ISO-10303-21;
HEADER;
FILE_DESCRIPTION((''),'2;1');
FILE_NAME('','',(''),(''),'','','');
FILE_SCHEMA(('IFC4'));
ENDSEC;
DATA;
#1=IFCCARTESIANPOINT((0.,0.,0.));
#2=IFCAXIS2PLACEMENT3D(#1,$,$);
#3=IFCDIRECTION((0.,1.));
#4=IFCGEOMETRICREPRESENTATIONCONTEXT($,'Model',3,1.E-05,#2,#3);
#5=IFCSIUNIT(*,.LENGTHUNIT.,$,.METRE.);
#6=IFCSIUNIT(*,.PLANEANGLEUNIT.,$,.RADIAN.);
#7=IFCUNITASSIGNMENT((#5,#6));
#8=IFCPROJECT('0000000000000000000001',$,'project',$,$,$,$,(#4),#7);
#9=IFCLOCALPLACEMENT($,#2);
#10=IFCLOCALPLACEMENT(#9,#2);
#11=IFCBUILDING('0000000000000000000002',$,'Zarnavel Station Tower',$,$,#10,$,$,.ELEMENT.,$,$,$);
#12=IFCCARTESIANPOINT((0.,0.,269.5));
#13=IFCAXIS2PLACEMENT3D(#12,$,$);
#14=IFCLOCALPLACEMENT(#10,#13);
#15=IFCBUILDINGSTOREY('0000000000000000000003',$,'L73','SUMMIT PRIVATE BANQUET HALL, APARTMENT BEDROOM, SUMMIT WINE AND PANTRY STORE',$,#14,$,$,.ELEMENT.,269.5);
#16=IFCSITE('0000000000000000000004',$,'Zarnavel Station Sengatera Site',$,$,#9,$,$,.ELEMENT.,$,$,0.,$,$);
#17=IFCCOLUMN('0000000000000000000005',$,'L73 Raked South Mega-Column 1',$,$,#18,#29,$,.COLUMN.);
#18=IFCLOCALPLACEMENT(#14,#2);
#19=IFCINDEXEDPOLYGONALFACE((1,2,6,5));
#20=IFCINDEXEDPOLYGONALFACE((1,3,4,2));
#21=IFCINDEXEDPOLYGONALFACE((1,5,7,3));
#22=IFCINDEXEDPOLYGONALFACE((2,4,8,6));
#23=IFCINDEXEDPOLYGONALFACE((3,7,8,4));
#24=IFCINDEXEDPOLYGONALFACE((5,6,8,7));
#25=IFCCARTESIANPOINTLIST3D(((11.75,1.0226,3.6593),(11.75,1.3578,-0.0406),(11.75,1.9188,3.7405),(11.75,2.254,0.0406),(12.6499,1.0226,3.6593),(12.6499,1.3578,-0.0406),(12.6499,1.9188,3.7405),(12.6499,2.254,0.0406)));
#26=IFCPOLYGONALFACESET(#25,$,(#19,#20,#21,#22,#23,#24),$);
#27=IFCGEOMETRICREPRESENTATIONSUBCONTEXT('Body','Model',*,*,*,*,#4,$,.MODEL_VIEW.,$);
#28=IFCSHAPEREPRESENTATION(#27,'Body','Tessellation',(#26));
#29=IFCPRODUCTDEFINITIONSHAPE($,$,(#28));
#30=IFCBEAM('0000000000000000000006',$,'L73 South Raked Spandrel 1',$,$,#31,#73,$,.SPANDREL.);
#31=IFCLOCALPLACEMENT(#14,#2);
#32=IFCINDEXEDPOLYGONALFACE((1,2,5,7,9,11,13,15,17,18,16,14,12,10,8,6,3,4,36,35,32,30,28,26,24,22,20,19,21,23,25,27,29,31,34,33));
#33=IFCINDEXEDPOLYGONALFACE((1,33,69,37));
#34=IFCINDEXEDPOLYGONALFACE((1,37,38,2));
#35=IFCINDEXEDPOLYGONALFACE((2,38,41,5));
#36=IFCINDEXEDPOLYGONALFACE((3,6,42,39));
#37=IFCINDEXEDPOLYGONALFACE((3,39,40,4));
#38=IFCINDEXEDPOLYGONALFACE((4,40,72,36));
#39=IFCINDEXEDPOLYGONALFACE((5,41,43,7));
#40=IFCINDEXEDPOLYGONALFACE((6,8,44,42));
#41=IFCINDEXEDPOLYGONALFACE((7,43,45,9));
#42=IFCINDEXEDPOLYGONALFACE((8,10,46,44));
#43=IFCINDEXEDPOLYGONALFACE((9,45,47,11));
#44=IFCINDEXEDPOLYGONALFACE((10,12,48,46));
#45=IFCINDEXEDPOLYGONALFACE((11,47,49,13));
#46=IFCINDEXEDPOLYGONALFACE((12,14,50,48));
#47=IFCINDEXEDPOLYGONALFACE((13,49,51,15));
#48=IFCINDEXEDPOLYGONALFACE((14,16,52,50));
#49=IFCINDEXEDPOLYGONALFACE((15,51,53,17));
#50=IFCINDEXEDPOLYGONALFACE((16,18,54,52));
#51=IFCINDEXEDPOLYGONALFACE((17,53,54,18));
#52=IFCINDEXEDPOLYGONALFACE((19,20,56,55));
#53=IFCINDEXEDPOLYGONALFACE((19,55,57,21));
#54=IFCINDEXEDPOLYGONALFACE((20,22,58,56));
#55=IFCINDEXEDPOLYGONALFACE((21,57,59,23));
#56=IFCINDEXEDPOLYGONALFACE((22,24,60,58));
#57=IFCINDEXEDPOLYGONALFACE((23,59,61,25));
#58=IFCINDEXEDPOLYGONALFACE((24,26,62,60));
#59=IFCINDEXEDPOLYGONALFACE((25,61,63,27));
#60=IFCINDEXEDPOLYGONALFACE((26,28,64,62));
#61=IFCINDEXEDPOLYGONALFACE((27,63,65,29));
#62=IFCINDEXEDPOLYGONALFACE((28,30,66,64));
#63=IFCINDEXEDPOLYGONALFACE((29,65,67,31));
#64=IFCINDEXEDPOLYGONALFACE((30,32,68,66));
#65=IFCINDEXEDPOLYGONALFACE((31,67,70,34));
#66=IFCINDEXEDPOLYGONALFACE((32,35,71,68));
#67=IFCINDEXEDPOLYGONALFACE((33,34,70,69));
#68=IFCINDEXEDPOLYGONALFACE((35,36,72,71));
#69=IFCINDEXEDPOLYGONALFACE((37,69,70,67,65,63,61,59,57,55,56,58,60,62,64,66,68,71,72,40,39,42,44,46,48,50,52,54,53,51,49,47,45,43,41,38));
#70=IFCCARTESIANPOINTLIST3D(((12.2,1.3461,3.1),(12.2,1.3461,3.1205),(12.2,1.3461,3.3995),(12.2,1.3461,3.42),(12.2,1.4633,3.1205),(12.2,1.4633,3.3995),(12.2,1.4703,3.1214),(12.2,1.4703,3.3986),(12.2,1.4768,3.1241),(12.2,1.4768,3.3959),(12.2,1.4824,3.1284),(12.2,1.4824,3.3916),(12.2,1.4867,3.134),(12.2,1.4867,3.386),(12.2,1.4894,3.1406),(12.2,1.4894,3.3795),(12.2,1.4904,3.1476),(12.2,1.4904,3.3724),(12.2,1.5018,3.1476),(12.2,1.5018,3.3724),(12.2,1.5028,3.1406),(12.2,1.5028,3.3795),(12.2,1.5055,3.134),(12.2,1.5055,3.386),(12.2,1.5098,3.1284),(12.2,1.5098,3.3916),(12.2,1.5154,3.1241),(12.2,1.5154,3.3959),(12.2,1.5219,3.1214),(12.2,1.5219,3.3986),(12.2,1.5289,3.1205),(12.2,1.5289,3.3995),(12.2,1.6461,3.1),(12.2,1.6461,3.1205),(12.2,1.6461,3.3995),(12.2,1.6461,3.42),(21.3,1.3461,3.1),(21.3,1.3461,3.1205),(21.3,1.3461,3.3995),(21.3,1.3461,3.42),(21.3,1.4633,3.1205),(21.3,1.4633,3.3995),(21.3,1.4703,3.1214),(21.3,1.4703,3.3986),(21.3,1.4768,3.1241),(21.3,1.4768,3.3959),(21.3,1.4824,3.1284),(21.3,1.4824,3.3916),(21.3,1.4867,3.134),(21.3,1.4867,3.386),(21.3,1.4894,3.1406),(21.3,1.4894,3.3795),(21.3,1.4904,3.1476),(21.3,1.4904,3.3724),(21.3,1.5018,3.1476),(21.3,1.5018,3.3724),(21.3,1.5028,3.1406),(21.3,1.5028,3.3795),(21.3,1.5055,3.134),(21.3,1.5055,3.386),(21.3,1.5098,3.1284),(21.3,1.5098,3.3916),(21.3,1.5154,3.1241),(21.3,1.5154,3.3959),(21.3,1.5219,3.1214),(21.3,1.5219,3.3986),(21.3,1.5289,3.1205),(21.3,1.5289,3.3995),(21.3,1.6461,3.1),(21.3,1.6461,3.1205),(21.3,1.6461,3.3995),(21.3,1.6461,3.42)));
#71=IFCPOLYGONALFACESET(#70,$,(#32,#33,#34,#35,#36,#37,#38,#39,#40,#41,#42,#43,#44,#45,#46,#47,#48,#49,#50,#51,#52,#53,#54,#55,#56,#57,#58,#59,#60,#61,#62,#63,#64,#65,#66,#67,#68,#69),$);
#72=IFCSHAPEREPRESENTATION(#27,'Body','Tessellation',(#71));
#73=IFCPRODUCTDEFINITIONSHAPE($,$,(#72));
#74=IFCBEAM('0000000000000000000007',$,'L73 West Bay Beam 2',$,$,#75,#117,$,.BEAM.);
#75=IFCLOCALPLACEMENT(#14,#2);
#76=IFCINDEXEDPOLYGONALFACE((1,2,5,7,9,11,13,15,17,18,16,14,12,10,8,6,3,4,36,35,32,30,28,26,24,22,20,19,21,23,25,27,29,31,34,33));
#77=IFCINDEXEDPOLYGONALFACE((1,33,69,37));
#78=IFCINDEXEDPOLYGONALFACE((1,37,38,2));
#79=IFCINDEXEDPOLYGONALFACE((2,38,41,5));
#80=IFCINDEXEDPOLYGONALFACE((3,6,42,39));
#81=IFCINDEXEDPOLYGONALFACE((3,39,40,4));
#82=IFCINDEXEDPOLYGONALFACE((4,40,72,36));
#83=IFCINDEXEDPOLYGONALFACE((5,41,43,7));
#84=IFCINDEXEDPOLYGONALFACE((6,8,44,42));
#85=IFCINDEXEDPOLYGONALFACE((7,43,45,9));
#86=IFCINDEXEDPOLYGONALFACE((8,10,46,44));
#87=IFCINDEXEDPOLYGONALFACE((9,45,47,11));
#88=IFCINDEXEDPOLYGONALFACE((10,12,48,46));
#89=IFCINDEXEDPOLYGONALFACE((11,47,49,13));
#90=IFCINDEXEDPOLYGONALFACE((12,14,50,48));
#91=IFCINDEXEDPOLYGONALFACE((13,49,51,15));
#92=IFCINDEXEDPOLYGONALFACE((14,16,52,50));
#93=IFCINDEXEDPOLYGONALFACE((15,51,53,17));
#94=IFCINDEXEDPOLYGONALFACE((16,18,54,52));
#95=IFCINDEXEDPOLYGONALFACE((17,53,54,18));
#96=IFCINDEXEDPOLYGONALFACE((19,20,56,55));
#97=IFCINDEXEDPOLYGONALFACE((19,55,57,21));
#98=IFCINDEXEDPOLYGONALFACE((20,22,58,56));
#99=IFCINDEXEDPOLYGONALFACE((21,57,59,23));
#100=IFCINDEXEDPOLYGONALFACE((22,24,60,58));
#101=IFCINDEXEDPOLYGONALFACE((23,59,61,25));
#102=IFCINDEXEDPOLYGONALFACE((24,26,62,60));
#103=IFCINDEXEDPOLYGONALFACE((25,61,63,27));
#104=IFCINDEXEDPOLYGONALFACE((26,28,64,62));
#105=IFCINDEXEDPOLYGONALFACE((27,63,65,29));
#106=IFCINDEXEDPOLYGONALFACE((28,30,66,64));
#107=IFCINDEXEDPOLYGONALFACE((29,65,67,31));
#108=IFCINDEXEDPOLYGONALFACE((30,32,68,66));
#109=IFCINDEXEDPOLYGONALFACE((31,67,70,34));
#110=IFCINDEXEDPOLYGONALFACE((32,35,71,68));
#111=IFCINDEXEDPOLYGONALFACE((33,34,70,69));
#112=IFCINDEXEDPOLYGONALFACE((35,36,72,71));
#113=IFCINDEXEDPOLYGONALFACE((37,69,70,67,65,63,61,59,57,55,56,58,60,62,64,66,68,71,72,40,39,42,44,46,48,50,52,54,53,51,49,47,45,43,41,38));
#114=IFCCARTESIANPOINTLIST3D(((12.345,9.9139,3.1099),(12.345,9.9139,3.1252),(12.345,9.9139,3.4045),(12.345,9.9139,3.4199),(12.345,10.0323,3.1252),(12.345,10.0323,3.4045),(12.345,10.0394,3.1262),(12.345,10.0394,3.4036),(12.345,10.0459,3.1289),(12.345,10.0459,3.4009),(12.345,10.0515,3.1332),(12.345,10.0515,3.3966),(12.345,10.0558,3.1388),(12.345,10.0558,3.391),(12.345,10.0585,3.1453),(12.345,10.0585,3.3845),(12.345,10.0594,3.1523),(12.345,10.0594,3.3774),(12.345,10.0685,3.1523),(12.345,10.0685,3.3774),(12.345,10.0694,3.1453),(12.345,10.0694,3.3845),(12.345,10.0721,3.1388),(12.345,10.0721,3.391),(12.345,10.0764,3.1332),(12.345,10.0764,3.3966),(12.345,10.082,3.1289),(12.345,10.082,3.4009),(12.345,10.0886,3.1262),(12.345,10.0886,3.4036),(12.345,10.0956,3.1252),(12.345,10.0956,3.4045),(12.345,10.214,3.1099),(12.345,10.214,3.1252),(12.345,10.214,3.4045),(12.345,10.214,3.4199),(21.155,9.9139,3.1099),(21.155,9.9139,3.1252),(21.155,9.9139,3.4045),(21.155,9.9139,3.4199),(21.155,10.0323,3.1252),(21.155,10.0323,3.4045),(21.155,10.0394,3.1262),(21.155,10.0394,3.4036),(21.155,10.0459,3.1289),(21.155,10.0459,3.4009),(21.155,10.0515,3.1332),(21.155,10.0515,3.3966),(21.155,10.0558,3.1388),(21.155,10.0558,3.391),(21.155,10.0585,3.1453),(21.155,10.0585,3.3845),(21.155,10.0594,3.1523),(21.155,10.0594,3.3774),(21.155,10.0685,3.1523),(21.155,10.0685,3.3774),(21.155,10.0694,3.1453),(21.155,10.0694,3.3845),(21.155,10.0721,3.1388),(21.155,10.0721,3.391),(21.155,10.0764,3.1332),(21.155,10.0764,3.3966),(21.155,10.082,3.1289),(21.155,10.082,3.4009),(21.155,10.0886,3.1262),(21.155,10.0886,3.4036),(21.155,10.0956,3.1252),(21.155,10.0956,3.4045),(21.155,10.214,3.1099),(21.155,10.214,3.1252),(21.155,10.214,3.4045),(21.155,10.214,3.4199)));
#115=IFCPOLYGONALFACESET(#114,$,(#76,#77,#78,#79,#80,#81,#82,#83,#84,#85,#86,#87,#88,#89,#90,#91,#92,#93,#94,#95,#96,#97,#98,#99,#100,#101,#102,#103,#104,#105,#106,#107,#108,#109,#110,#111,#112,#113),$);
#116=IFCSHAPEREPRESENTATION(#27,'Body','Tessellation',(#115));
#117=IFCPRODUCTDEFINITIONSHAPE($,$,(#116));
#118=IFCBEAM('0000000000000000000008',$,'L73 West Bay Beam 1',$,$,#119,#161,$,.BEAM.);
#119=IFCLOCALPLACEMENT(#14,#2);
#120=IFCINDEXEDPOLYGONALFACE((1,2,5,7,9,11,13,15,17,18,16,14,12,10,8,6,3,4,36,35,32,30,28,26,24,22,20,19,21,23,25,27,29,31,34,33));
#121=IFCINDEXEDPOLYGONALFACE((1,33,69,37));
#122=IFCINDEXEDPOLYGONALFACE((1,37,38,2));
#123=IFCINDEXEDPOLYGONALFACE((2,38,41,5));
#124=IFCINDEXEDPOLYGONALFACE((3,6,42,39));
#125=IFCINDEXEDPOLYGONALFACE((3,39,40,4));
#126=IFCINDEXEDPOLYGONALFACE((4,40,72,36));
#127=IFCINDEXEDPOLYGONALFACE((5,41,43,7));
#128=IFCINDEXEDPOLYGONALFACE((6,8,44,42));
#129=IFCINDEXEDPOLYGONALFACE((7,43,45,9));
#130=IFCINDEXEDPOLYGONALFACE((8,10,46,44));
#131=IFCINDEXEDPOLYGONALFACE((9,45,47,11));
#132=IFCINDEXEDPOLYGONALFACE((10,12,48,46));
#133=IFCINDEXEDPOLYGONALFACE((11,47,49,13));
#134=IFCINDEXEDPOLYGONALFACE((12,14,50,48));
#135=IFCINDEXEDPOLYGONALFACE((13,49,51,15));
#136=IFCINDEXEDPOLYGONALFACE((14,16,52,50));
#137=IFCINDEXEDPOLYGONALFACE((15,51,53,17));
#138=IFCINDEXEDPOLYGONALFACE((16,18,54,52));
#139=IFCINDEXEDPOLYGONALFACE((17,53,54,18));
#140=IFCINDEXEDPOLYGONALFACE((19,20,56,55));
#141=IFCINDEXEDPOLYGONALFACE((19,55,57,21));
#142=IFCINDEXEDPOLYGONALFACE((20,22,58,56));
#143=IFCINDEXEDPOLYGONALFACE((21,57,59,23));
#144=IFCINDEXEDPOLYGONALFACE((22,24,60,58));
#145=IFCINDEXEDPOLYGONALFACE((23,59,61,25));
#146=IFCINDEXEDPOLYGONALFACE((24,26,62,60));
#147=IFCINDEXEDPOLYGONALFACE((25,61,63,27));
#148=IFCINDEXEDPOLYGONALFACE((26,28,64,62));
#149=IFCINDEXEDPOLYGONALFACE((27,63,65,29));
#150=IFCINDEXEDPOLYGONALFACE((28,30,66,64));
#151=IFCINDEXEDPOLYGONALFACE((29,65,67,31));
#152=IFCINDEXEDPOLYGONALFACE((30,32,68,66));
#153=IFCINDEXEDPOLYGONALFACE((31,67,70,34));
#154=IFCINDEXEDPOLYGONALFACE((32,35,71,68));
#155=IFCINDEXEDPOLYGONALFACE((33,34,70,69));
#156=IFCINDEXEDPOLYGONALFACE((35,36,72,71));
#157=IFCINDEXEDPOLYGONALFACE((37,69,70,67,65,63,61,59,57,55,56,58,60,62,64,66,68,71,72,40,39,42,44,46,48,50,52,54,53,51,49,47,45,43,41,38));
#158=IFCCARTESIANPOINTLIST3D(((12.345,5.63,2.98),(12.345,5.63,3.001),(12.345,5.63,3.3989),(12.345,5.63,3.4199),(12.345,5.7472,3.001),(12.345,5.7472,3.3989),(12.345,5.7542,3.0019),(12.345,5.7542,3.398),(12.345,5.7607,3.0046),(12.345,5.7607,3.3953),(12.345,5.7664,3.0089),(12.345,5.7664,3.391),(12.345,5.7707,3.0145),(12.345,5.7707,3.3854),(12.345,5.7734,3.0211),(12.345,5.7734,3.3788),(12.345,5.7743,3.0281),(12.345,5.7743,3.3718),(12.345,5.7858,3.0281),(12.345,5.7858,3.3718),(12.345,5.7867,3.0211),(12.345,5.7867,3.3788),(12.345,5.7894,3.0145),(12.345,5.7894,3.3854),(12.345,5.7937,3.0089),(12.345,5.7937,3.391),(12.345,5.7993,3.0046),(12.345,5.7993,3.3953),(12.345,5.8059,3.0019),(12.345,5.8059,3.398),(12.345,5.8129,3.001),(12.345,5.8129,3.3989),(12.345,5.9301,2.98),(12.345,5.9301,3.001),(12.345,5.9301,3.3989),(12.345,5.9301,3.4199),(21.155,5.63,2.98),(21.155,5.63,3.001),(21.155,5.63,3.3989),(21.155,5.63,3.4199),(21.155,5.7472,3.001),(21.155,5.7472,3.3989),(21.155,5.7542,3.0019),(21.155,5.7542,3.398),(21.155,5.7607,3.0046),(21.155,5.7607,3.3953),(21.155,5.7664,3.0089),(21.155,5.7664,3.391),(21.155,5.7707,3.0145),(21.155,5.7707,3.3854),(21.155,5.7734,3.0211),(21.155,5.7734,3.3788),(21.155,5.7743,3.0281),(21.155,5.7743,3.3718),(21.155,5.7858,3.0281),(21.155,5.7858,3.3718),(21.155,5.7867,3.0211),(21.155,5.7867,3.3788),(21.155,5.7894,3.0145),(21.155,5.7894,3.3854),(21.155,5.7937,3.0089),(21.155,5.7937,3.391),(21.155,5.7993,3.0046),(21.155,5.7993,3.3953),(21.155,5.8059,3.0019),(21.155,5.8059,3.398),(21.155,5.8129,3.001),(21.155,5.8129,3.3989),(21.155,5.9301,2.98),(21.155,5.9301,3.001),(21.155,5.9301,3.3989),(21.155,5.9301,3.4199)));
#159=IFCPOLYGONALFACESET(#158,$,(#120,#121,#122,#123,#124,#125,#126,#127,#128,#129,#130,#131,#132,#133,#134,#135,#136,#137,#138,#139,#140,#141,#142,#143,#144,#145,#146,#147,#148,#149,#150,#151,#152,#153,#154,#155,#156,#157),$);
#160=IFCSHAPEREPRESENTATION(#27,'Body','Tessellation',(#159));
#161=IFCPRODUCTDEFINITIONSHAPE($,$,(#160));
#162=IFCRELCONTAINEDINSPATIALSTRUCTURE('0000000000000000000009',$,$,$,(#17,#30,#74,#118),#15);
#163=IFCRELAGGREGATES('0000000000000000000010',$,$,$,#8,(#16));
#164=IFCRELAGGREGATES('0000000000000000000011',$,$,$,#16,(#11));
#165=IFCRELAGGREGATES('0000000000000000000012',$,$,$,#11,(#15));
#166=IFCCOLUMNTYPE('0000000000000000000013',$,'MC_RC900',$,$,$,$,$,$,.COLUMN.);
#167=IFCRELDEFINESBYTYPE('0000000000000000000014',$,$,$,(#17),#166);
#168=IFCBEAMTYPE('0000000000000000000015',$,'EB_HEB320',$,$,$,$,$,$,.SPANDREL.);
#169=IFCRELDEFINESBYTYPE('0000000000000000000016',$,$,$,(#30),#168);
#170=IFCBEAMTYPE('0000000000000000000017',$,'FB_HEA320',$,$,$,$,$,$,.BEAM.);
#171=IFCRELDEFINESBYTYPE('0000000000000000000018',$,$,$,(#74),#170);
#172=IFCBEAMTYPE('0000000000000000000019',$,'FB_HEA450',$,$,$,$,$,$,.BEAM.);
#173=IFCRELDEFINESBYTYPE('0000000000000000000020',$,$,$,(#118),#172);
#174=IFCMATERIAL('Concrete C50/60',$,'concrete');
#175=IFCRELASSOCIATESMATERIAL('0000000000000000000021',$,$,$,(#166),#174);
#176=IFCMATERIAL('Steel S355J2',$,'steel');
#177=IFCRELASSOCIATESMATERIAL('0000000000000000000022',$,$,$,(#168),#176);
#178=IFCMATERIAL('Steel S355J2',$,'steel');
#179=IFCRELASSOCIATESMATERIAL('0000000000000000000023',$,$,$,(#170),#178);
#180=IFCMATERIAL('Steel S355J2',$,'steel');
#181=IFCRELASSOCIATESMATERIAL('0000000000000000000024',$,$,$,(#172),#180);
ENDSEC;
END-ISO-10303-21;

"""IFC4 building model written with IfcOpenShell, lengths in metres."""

from ifc_helpers import new_model, si_unit, direction, frame, origin, origin_2d, place, context, subcontext, project, spatial, rectangle, i_section, extrude, material, material_profile, profile_set, type_object, element, save


model = new_model("IFC4")

# Units and contexts
model_context = context("Model", 3, precision=1e-05, world=origin(), true_north=direction((0.0, 1.0)))
body_context = subcontext(model_context, "Body", "Model", "MODEL_VIEW")
ifc_project = project(units=[si_unit("LENGTHUNIT", "METRE"), si_unit("PLANEANGLEUNIT", "RADIAN")], contexts=[model_context])

# Site, building, storey
site_placement = place(None, origin())
site = spatial("IfcSite", under=ifc_project, at=site_placement, Name="Zarnavel Station Sengatera Site", CompositionType="ELEMENT", RefElevation=0.0)
building_placement = place(site_placement, origin())
building = spatial("IfcBuilding", under=site, at=building_placement, Name="Zarnavel Station Tower", CompositionType="ELEMENT")
storey_placement = place(building_placement, frame((0.0, 0.0, 269.5)))
storey = spatial("IfcBuildingStorey", under=building, at=storey_placement, Name="L73", Description="SUMMIT PRIVATE BANQUET HALL, APARTMENT BEDROOM, SUMMIT WINE AND PANTRY STORE", CompositionType="ELEMENT", Elevation=269.5)

# Column
ifc_material_1 = material(Name="Concrete C50/60", Category="concrete")
ifc_material_profile_1 = material_profile(ifc_material_1, rectangle(XDim=0.8999, YDim=0.8999, at=origin_2d()), Name="RC900x900")
ifc_profile_set_1 = profile_set([ifc_material_profile_1], Name="Concrete C50/60")
column_type = type_object("IfcColumnType", Name="MC_RC900", PredefinedType="COLUMN", material=ifc_profile_set_1)
column_placement = place(storey_placement, frame((12.2, 1.8059, 0.0), z_axis=(0.0, -0.090228, 0.995921), x_axis=(1.0, 0.0, 0.0)))
element("IfcColumn", 1, at=column_placement, inside=storey, type_object=column_type, Name="L73 Raked South Mega-Column 1", PredefinedType="COLUMN", context=body_context, shape_type="SweptSolid", body=[
    extrude(rectangle(XDim=0.8999, YDim=0.8999, at=origin_2d()), origin(), (0.0, 0.0, 1.0), 3.7151),
])

# Beams
ifc_material_2 = material(Name="Steel S355J2", Category="steel")
ifc_material_profile_2 = material_profile(ifc_material_2, i_section(OverallWidth=0.3, OverallDepth=0.3201, WebThickness=0.0115, FlangeThickness=0.0205, FilletRadius=0.0271, at=origin_2d()), Name="HEB320")
ifc_profile_set_2 = profile_set([ifc_material_profile_2], Name="Steel S355J2")
beam_type_1 = type_object("IfcBeamType", Name="EB_HEB320", PredefinedType="SPANDREL", material=ifc_profile_set_2)
beam_1_placement = place(storey_placement, frame((12.2, 1.4961, 3.26), z_axis=(1.0, 0.0, 0.0), x_axis=(0.0, 1.0, 0.0)))
element("IfcBeam", 2, at=beam_1_placement, inside=storey, type_object=beam_type_1, Name="L73 South Raked Spandrel 1", PredefinedType="SPANDREL", context=body_context, shape_type="SweptSolid", body=[
    extrude(i_section(OverallWidth=0.3, OverallDepth=0.3201, WebThickness=0.0115, FlangeThickness=0.0205, FilletRadius=0.0271, at=origin_2d()), origin(), (0.0, 0.0, 1.0), 9.1001),
])
ifc_material_3 = material(Name="Steel S355J2", Category="steel")
ifc_material_profile_3 = material_profile(ifc_material_3, i_section(OverallWidth=0.3, OverallDepth=0.3101, WebThickness=0.009, FlangeThickness=0.0154, FilletRadius=0.0271, at=origin_2d()), Name="HEA320")
ifc_profile_set_3 = profile_set([ifc_material_profile_3], Name="Steel S355J2")
beam_type_2 = type_object("IfcBeamType", Name="FB_HEA320", PredefinedType="BEAM", material=ifc_profile_set_3)
beam_2_placement = place(storey_placement, frame((12.345, 10.064, 3.2649), z_axis=(1.0, 0.0, 0.0), x_axis=(0.0, 1.0, 0.0)))
element("IfcBeam", 3, at=beam_2_placement, inside=storey, type_object=beam_type_2, Name="L73 West Bay Beam 2", PredefinedType="BEAM", context=body_context, shape_type="SweptSolid", body=[
    extrude(i_section(OverallWidth=0.3, OverallDepth=0.3101, WebThickness=0.009, FlangeThickness=0.0154, FilletRadius=0.0271, at=origin_2d()), origin(), (0.0, 0.0, 1.0), 8.8101),
])
ifc_material_4 = material(Name="Steel S355J2", Category="steel")
ifc_material_profile_4 = material_profile(ifc_material_4, i_section(OverallWidth=0.3, OverallDepth=0.4399, WebThickness=0.0115, FlangeThickness=0.021, FilletRadius=0.0271, at=origin_2d()), Name="HEA450")
ifc_profile_set_4 = profile_set([ifc_material_profile_4], Name="Steel S355J2")
beam_type_3 = type_object("IfcBeamType", Name="FB_HEA450", PredefinedType="BEAM", material=ifc_profile_set_4)
beam_3_placement = place(storey_placement, frame((12.345, 5.78, 3.2), z_axis=(1.0, 0.0, 0.0), x_axis=(0.0, 1.0, 0.0)))
element("IfcBeam", 4, at=beam_3_placement, inside=storey, type_object=beam_type_3, Name="L73 West Bay Beam 1", PredefinedType="BEAM", context=body_context, shape_type="SweptSolid", body=[
    extrude(i_section(OverallWidth=0.3, OverallDepth=0.4399, WebThickness=0.0115, FlangeThickness=0.021, FilletRadius=0.0271, at=origin_2d()), origin(), (0.0, 0.0, 1.0), 8.8101),
])

save(model, "model.ifc")
